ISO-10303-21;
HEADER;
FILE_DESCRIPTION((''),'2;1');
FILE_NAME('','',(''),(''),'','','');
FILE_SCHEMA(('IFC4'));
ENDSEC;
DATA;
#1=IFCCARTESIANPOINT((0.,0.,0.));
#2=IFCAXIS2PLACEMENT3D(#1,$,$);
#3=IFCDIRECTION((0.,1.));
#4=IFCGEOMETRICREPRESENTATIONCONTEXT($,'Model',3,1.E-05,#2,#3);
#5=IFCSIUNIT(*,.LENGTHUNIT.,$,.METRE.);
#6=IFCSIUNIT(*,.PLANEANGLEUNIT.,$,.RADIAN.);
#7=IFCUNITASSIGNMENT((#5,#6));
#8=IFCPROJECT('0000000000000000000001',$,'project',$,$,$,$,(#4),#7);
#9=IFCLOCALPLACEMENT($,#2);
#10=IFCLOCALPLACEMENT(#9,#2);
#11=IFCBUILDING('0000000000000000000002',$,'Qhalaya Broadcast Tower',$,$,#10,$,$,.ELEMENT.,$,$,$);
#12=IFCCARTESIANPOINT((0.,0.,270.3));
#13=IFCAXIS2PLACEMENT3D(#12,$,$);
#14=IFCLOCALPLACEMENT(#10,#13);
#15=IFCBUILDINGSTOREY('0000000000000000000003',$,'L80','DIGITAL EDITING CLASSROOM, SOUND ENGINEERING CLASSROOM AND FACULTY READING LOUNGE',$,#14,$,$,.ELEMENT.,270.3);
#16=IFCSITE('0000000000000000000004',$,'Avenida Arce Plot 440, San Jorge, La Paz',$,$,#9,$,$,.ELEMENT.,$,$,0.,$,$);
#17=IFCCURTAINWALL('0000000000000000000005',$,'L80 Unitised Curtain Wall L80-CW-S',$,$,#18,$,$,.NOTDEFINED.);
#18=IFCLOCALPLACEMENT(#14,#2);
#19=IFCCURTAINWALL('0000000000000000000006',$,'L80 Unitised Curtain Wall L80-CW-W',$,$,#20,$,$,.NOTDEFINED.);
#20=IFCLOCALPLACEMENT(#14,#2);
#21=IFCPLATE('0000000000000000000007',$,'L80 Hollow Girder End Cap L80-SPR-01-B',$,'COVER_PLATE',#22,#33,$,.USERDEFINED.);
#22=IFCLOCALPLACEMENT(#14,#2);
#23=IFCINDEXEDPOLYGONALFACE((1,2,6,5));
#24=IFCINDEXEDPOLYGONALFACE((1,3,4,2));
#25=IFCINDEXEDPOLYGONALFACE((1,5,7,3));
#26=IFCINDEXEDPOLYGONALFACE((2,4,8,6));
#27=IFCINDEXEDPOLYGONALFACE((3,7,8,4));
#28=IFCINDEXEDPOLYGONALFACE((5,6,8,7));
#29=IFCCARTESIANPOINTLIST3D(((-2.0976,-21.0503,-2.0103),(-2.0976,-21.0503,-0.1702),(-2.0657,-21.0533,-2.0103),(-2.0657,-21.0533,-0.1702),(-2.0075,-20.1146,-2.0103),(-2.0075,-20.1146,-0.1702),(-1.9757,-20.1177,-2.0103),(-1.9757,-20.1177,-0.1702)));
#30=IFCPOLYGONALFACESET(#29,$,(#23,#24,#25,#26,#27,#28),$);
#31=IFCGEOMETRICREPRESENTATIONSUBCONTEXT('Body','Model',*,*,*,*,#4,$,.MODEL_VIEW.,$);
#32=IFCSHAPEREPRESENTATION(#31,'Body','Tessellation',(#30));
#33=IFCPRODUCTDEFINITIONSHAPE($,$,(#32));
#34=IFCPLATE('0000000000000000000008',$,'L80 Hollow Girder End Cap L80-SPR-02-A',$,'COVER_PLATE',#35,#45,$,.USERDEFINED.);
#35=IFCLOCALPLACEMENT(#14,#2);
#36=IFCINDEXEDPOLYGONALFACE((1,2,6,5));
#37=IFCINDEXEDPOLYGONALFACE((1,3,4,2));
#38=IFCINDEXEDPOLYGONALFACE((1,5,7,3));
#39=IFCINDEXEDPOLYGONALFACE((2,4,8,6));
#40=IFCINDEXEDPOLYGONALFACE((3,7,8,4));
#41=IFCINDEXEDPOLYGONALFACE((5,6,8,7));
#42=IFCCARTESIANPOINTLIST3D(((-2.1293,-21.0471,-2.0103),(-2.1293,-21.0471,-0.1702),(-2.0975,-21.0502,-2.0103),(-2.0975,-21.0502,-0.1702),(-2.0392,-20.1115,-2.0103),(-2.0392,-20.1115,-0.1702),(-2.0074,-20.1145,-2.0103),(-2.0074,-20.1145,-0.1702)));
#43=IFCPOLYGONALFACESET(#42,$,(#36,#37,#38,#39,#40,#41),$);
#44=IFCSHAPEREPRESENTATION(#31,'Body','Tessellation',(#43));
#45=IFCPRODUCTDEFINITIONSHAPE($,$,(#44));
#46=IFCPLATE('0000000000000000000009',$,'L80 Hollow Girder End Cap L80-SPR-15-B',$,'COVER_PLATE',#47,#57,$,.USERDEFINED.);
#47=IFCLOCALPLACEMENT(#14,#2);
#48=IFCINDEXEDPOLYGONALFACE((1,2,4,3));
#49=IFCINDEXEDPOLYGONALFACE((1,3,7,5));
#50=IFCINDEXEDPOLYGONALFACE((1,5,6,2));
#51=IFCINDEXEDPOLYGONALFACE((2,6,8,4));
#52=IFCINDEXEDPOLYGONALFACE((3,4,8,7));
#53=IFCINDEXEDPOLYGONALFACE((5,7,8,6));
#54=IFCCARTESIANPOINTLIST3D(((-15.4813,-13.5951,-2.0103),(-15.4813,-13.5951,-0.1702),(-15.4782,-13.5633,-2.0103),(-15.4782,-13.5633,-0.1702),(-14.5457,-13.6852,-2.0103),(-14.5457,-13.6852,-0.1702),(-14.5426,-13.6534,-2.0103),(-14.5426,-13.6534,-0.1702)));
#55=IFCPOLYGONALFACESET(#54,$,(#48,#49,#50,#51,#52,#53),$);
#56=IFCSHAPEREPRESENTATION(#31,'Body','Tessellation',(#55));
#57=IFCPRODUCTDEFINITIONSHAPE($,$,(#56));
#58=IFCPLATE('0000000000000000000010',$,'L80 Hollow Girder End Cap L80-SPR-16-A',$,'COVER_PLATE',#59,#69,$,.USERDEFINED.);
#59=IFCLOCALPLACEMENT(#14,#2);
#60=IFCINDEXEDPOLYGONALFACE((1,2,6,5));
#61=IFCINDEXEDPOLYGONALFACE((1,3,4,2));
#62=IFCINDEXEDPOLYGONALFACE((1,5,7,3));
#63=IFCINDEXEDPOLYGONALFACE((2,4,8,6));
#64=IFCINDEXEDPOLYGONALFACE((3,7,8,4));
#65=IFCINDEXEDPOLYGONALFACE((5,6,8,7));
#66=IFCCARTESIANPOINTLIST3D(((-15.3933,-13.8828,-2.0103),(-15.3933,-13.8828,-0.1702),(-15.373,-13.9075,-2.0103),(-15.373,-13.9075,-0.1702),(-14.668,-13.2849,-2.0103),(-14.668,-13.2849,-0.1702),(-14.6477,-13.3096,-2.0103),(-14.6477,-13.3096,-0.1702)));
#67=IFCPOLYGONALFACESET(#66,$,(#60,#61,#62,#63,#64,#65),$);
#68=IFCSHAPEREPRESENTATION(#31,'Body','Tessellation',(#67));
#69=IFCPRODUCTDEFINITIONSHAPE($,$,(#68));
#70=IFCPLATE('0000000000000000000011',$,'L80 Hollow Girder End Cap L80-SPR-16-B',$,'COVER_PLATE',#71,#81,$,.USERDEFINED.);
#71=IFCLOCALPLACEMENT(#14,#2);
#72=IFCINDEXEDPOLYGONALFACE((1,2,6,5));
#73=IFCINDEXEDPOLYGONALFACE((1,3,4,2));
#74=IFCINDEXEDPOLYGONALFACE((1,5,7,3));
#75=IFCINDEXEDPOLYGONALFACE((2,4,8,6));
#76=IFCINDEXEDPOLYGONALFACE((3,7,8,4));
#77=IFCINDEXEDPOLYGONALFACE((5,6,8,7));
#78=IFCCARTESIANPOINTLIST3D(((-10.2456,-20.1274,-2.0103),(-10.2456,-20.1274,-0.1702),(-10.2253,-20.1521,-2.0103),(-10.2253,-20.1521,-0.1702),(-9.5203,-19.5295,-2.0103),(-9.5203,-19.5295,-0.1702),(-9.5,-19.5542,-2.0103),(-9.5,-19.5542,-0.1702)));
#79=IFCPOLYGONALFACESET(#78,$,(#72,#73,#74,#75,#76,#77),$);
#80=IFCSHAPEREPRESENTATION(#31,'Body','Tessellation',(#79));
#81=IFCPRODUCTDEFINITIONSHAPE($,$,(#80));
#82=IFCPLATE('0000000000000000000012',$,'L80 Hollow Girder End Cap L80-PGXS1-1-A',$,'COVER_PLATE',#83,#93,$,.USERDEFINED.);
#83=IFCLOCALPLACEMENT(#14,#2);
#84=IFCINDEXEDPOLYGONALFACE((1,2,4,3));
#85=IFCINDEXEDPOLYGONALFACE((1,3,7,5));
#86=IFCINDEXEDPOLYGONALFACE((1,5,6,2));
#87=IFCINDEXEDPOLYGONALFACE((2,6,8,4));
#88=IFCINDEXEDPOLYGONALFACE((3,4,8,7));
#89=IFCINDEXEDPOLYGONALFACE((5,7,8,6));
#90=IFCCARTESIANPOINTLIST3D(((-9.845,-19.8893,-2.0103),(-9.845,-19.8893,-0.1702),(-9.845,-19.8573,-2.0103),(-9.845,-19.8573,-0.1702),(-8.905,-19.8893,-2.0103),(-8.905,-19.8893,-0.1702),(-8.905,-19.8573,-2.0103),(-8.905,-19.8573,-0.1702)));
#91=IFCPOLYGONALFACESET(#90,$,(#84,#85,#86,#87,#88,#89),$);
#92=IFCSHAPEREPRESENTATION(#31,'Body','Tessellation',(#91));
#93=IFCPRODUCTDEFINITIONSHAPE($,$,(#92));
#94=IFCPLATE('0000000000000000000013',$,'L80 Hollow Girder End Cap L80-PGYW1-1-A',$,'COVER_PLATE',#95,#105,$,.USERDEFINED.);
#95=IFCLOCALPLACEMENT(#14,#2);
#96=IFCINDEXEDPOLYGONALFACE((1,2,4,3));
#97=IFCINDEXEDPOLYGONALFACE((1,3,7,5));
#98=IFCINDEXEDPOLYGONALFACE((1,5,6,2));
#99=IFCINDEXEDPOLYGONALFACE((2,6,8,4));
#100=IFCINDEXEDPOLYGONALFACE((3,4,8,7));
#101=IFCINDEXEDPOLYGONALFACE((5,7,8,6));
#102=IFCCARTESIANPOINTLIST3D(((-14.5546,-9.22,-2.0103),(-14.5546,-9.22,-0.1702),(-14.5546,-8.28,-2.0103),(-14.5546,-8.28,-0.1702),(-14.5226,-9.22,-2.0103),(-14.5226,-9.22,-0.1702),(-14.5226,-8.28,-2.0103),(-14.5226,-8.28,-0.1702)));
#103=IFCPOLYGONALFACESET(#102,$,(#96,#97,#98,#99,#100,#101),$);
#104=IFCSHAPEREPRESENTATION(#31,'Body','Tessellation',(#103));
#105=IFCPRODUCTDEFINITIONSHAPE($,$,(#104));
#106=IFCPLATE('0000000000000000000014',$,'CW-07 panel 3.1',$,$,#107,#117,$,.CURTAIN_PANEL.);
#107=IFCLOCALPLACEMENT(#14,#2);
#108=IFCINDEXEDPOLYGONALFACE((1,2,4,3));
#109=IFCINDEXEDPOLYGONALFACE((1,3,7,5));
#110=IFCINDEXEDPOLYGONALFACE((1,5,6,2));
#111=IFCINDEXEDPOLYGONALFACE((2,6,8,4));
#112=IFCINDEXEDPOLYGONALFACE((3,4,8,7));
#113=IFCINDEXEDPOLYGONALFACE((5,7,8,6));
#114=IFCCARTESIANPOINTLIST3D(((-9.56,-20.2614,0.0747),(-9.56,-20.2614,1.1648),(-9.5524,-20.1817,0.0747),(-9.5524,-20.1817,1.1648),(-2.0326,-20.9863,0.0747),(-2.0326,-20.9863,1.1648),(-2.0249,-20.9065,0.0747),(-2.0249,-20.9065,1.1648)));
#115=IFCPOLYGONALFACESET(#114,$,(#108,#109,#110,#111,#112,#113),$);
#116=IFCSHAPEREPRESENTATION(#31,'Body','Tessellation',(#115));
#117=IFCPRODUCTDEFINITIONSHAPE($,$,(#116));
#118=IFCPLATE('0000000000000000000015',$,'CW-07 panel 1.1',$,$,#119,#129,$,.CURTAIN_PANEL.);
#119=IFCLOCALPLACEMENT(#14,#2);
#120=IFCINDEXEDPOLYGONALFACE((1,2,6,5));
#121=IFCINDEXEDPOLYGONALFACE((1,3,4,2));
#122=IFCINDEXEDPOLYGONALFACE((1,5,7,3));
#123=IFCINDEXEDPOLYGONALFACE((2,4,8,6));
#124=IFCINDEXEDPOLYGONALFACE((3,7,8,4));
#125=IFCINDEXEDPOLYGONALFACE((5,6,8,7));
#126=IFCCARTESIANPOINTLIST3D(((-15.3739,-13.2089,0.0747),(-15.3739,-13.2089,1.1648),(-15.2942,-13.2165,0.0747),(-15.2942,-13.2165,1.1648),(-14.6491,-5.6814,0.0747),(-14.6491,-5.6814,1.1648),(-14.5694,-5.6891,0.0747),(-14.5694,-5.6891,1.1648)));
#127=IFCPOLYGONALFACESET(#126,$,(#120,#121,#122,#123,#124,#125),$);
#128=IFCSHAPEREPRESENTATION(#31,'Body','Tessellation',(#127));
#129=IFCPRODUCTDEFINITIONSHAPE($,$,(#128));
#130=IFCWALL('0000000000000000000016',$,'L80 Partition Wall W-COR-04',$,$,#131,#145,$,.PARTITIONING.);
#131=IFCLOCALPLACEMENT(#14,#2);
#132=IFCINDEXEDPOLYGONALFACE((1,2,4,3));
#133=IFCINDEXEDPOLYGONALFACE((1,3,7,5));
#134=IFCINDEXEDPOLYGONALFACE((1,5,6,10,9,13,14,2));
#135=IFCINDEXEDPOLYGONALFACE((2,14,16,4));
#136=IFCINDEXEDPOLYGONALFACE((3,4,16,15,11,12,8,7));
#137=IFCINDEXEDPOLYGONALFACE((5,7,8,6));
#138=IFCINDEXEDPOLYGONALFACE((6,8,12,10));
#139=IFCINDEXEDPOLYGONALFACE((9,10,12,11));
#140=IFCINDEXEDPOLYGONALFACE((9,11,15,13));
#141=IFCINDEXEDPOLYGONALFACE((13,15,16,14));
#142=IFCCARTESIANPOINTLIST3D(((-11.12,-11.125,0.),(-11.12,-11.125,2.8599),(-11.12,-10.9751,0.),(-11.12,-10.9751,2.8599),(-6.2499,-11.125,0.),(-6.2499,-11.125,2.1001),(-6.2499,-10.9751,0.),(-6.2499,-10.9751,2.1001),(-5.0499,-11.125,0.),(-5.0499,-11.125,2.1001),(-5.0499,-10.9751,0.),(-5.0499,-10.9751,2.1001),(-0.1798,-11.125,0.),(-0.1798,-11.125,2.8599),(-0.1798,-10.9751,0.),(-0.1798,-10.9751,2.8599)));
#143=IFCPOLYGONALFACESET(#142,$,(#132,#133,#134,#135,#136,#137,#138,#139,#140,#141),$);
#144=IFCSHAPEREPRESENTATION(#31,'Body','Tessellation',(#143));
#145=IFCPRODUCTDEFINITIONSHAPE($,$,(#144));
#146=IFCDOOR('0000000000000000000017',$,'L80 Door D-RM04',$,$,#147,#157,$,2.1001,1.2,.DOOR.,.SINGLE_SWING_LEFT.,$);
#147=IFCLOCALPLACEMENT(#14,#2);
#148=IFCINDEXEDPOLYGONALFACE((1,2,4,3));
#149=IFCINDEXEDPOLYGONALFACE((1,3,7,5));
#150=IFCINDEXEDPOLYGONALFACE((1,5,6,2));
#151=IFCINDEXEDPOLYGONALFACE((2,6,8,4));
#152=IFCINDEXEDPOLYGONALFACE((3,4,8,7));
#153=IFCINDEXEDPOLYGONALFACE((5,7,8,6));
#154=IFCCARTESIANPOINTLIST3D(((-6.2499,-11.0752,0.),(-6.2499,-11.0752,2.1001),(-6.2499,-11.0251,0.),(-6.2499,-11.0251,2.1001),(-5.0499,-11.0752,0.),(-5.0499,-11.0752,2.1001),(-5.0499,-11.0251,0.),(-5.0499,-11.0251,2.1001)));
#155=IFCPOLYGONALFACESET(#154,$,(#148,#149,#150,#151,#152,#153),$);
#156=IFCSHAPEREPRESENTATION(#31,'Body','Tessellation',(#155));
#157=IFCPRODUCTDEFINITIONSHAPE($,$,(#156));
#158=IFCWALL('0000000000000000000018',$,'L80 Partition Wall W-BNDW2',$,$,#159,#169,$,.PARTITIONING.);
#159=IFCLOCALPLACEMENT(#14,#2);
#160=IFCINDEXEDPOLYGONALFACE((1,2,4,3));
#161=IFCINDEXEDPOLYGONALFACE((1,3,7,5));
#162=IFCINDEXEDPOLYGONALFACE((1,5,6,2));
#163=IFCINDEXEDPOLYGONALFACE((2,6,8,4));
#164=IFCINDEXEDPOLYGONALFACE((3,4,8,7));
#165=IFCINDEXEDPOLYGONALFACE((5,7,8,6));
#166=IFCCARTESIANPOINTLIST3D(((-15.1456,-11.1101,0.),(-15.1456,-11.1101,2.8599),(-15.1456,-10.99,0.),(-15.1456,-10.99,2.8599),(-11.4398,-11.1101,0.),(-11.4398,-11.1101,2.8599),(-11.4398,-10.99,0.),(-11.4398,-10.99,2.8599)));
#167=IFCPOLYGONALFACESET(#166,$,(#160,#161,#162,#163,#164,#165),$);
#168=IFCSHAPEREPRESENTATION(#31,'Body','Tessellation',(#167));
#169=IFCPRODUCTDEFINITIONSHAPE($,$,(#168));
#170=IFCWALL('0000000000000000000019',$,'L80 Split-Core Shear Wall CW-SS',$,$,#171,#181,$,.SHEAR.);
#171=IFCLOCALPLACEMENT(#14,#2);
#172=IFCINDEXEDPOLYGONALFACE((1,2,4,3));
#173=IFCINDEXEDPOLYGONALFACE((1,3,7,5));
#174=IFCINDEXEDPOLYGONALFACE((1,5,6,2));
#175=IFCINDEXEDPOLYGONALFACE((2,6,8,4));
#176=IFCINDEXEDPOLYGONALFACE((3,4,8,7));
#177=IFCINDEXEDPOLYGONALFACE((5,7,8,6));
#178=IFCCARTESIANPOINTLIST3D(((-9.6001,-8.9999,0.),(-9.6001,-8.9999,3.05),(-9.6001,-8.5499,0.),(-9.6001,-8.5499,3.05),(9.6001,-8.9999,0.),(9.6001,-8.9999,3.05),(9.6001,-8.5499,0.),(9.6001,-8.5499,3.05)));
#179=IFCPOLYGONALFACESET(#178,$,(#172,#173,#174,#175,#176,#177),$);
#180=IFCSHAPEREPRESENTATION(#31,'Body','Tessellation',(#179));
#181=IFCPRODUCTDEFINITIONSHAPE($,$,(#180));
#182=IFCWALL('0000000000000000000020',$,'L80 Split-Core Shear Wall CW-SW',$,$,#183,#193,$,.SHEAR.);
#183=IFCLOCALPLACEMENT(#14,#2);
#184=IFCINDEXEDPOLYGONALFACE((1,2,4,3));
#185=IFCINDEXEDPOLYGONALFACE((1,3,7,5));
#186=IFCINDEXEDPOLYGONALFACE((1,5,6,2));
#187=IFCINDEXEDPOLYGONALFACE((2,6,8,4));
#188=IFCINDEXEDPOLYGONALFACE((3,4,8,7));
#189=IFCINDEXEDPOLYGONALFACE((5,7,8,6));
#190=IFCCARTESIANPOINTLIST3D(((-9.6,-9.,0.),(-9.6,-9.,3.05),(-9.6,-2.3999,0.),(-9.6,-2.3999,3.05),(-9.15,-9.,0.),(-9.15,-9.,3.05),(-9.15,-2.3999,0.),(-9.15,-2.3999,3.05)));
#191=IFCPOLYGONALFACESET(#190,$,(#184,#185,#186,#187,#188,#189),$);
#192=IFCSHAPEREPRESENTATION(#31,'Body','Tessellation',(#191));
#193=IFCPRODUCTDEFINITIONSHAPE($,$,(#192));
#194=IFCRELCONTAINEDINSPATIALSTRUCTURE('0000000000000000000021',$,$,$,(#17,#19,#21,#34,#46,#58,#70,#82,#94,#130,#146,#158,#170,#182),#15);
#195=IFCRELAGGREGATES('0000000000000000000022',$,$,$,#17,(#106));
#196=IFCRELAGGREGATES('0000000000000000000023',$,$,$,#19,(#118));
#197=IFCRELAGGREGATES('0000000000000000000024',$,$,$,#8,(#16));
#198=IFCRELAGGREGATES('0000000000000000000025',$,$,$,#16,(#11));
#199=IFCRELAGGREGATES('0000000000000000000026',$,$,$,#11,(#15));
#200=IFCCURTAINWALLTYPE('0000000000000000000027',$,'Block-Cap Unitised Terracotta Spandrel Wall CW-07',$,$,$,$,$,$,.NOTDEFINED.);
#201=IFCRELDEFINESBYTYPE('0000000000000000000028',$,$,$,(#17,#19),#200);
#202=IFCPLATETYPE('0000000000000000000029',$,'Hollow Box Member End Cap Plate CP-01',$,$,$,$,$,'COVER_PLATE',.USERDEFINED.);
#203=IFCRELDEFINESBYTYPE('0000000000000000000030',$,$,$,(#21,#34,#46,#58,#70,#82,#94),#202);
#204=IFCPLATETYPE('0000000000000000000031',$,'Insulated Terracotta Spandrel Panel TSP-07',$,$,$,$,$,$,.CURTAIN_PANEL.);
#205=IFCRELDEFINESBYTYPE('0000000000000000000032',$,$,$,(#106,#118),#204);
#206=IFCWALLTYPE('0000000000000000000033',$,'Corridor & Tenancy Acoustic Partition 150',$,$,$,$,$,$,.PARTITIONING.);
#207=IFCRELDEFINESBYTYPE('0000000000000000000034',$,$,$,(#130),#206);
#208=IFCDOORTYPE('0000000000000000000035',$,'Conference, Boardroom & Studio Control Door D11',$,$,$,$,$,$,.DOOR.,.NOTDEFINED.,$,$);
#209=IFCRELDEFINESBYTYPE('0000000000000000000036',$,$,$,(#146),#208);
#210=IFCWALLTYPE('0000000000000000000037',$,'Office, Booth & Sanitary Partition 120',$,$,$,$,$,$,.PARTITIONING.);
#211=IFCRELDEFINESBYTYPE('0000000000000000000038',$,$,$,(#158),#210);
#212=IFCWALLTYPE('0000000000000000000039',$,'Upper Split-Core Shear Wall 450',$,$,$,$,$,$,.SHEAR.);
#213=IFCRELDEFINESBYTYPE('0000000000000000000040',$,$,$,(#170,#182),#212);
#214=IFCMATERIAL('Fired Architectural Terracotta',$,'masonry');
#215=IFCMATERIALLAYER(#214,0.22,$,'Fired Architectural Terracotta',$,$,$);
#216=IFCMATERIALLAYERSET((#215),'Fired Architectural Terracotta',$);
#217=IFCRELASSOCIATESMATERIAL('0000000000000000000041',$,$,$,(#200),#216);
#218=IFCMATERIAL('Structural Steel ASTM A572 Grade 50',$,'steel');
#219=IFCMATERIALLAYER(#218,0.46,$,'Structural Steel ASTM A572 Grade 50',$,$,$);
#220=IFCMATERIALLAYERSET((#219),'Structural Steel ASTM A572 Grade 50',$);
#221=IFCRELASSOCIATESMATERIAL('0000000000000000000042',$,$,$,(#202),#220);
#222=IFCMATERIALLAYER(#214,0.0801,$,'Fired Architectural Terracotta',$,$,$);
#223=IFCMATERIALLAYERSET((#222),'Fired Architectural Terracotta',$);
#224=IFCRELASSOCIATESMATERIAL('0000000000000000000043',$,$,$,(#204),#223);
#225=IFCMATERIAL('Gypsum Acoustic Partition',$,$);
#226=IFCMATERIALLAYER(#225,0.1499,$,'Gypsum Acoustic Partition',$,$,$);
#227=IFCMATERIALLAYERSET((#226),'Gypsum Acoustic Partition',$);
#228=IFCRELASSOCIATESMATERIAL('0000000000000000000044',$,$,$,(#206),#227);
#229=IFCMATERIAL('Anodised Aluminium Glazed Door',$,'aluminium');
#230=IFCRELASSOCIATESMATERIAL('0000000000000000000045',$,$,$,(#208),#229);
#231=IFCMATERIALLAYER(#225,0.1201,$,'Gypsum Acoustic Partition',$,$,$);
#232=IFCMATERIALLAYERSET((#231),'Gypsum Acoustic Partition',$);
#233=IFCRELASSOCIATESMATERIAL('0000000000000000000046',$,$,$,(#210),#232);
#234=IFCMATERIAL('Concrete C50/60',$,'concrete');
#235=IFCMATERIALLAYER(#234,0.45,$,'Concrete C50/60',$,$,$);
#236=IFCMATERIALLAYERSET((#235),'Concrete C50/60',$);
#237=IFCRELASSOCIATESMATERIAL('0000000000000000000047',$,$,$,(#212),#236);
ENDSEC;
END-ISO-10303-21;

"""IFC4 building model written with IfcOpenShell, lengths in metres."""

from ifc_helpers import new_model, si_unit, direction, frame, frame_2d, origin, origin_2d, place, context, subcontext, project, spatial, rectangle, extrude, material, layer, layer_set, type_object, element, fill, aggregate, save


model = new_model("IFC4")

# Units and contexts
model_context = context("Model", 3, precision=1e-05, world=origin(), true_north=direction((0.0, 1.0)))
body_context = subcontext(model_context, "Body", "Model", "MODEL_VIEW")
ifc_project = project(units=[si_unit("LENGTHUNIT", "METRE"), si_unit("PLANEANGLEUNIT", "RADIAN")], contexts=[model_context])

# Site, building, storey
site_placement = place(None, origin())
site = spatial("IfcSite", under=ifc_project, at=site_placement, Name="Avenida Arce Plot 440, San Jorge, La Paz", CompositionType="ELEMENT", RefElevation=0.0)
building_placement = place(site_placement, origin())
building = spatial("IfcBuilding", under=site, at=building_placement, Name="Qhalaya Broadcast Tower", CompositionType="ELEMENT")
storey_placement = place(building_placement, frame((0.0, 0.0, 270.3)))
storey = spatial("IfcBuildingStorey", under=building, at=storey_placement, Name="L80", Description="DIGITAL EDITING CLASSROOM, SOUND ENGINEERING CLASSROOM AND FACULTY READING LOUNGE", CompositionType="ELEMENT", Elevation=270.3)

# Shared definitions
ifc_material_1 = material(Name="Structural Steel ASTM A572 Grade 50", Category="steel")

# Curtain wall
ifc_material_2 = material(Name="Fired Architectural Terracotta", Category="masonry")
ifc_layer_1 = layer(ifc_material_2, 0.22, Name="Fired Architectural Terracotta")
ifc_layer_set_1 = layer_set([ifc_layer_1], Name="Fired Architectural Terracotta")
curtain_wall_type = type_object("IfcCurtainWallType", Name="Block-Cap Unitised Terracotta Spandrel Wall CW-07", PredefinedType="NOTDEFINED", material=ifc_layer_set_1)
curtain_wall_1_placement = place(storey_placement, origin())
curtain_wall_1 = element("IfcCurtainWall", 1, at=curtain_wall_1_placement, inside=storey, type_object=curtain_wall_type, Name="L80 Unitised Curtain Wall L80-CW-S", PredefinedType="NOTDEFINED")

# Curtain wall
curtain_wall_2_placement = place(storey_placement, origin())
curtain_wall_2 = element("IfcCurtainWall", 2, at=curtain_wall_2_placement, inside=storey, type_object=curtain_wall_type, Name="L80 Unitised Curtain Wall L80-CW-W", PredefinedType="NOTDEFINED")

# Plates
ifc_layer_2 = layer(ifc_material_1, 0.46, Name="Structural Steel ASTM A572 Grade 50")
ifc_layer_set_2 = layer_set([ifc_layer_2], Name="Structural Steel ASTM A572 Grade 50")
plate_type_1 = type_object("IfcPlateType", Name="Hollow Box Member End Cap Plate CP-01", ElementType="COVER_PLATE", PredefinedType="USERDEFINED", material=ifc_layer_set_2)
for number, where, z_axis, x_axis, name in (
    (3, (-2.0366, -20.584, -2.0103), (0.0, 0.0, 1.0), (0.095828, 0.995398, 0.0), "L80 Hollow Girder End Cap L80-SPR-01-B"),
    (4, (-2.0684, -20.5808, -2.0103), (0.0, 0.0, 1.0), (0.095846, 0.995396, 0.0), "L80 Hollow Girder End Cap L80-SPR-02-A"),
    (5, (-15.012, -13.6243, -2.0103), (0.0, 0.0, 1.0), (0.995396, -0.095846, 0.0), "L80 Hollow Girder End Cap L80-SPR-15-B"),
    (6, (-15.0205, -13.5962, -2.0103), (0.0, 0.0, 1.0), (0.771625, 0.636078, 0.0), "L80 Hollow Girder End Cap L80-SPR-16-A"),
    (7, (-9.8728, -19.8408, -2.0103), (0.0, 0.0, 1.0), (0.771625, 0.636078, 0.0), "L80 Hollow Girder End Cap L80-SPR-16-B"),
    (8, (-9.375, -19.8733, -2.0103), (0.0, 0.0, 1.0), (-1.0, 0.0, 0.0), "L80 Hollow Girder End Cap L80-PGXS1-1-A"),
    (9, (-14.5386, -8.75, -2.0103), (0.0, 0.0, 1.0), (0.0, 1.0, 0.0), "L80 Hollow Girder End Cap L80-PGYW1-1-A"),
):
    element("IfcPlate", number, at=place(storey_placement, frame(where, z_axis=z_axis, x_axis=x_axis)), inside=storey, type_object=plate_type_1, Name=name, ObjectType="COVER_PLATE", PredefinedType="USERDEFINED", context=body_context, shape_type="SweptSolid", body=[
        extrude(rectangle(XDim=0.9399, YDim=0.032, at=origin_2d()), origin(), (0.0, 0.0, 1.0), 1.8401),
    ])

# Plates
ifc_layer_3 = layer(ifc_material_2, 0.0801, Name="Fired Architectural Terracotta")
ifc_layer_set_3 = layer_set([ifc_layer_3], Name="Fired Architectural Terracotta")
plate_type_2 = type_object("IfcPlateType", Name="Insulated Terracotta Spandrel Panel TSP-07", PredefinedType="CURTAIN_PANEL", material=ifc_layer_set_3)
plate_1_placement = place(storey_placement, frame((-5.7925, -20.584, 0.0747), z_axis=(0.0, 0.0, 1.0), x_axis=(-0.995396, 0.095848, 0.0)))
plate_1 = element("IfcPlate", 10, at=plate_1_placement, type_object=plate_type_2, Name="CW-07 panel 3.1", PredefinedType="CURTAIN_PANEL", context=body_context, shape_type="SweptSolid", body=[
    extrude(rectangle(XDim=7.5623, YDim=0.0801, at=origin_2d()), origin(), (0.0, 0.0, 1.0), 1.0901),
])
aggregate(curtain_wall_1, [plate_1])
plate_2_placement = place(storey_placement, frame((-14.9717, -9.449, 0.0747), z_axis=(0.0, 0.0, 1.0), x_axis=(0.095848, 0.995396, 0.0)))
plate_2 = element("IfcPlate", 11, at=plate_2_placement, type_object=plate_type_2, Name="CW-07 panel 1.1", PredefinedType="CURTAIN_PANEL", context=body_context, shape_type="SweptSolid", body=[
    extrude(rectangle(XDim=7.5623, YDim=0.0801, at=origin_2d()), origin(), (0.0, 0.0, 1.0), 1.0901),
])
aggregate(curtain_wall_2, [plate_2])

# Wall, opening, door
ifc_material_3 = material(Name="Gypsum Acoustic Partition")
ifc_layer_4 = layer(ifc_material_3, 0.1499, Name="Gypsum Acoustic Partition")
ifc_layer_set_4 = layer_set([ifc_layer_4], Name="Gypsum Acoustic Partition")
wall_type_1 = type_object("IfcWallType", Name="Corridor & Tenancy Acoustic Partition 150", PredefinedType="PARTITIONING", material=ifc_layer_set_4)
wall_1_placement = place(storey_placement, frame((-11.1201, -11.05, 0.0), z_axis=(0.0, 0.0, 1.0), x_axis=(1.0, 0.0, 0.0)))
wall_1 = element("IfcWall", 12, at=wall_1_placement, inside=storey, type_object=wall_type_1, Name="L80 Partition Wall W-COR-04", PredefinedType="PARTITIONING", context=body_context, shape_type="SweptSolid", body=[
    extrude(rectangle(XDim=10.9402, YDim=0.1499, at=frame_2d((5.4702, 0.0))), origin(), (0.0, 0.0, 1.0), 2.8599),
])
opening_placement = place(wall_1_placement, frame((4.8701, 0.0, 0.0)))
opening = element("IfcOpeningElement", 13, at=opening_placement, cuts=wall_1, PredefinedType="OPENING", context=body_context, shape_type="SweptSolid", body=[
    extrude(rectangle(XDim=1.2, YDim=2.1001, at=frame_2d((0.6001, 1.05))), frame((0.0, 0.0869, 0.0), z_axis=(0.0, -1.0, 0.0), x_axis=(1.0, 0.0, 0.0)), (0.0, 0.0, 1.0), 0.1738),
])
ifc_material_4 = material(Name="Anodised Aluminium Glazed Door", Category="aluminium")
door_type = type_object("IfcDoorType", Name="Conference, Boardroom & Studio Control Door D11", OperationType="NOTDEFINED", PredefinedType="DOOR", material=ifc_material_4)
door_placement = place(opening_placement, origin())
door = element("IfcDoor", 14, at=door_placement, inside=storey, type_object=door_type, Name="L80 Door D-RM04", OperationType="SINGLE_SWING_LEFT", OverallHeight=2.1001, OverallWidth=1.2, PredefinedType="DOOR", context=body_context, shape_type="SweptSolid", body=[
    extrude(rectangle(XDim=1.2, YDim=2.1001, at=frame_2d((0.6001, 1.05))), frame((0.0, 0.0249, 0.0), z_axis=(0.0, -1.0, 0.0), x_axis=(1.0, 0.0, 0.0)), (0.0, 0.0, 1.0), 0.05),
])
fill(opening, door)

# Walls
ifc_layer_5 = layer(ifc_material_3, 0.1201, Name="Gypsum Acoustic Partition")
ifc_layer_set_5 = layer_set([ifc_layer_5], Name="Gypsum Acoustic Partition")
wall_type_2 = type_object("IfcWallType", Name="Office, Booth & Sanitary Partition 120", PredefinedType="PARTITIONING", material=ifc_layer_set_5)
wall_2_placement = place(storey_placement, frame((-15.1458, -11.05, 0.0), z_axis=(0.0, 0.0, 1.0), x_axis=(1.0, 0.0, 0.0)))
element("IfcWall", 15, at=wall_2_placement, inside=storey, type_object=wall_type_2, Name="L80 Partition Wall W-BNDW2", PredefinedType="PARTITIONING", context=body_context, shape_type="SweptSolid", body=[
    extrude(rectangle(XDim=3.7058, YDim=0.1201, at=frame_2d((1.853, 0.0))), origin(), (0.0, 0.0, 1.0), 2.8599),
])
ifc_material_5 = material(Name="Concrete C50/60", Category="concrete")
ifc_layer_6 = layer(ifc_material_5, 0.45, Name="Concrete C50/60")
ifc_layer_set_6 = layer_set([ifc_layer_6], Name="Concrete C50/60")
wall_type_3 = type_object("IfcWallType", Name="Upper Split-Core Shear Wall 450", PredefinedType="SHEAR", material=ifc_layer_set_6)
wall_3_placement = place(storey_placement, frame((-9.6001, -8.7749, 0.0), z_axis=(0.0, 0.0, 1.0), x_axis=(1.0, 0.0, 0.0)))
element("IfcWall", 16, at=wall_3_placement, inside=storey, type_object=wall_type_3, Name="L80 Split-Core Shear Wall CW-SS", PredefinedType="SHEAR", context=body_context, shape_type="SweptSolid", body=[
    extrude(rectangle(XDim=19.2002, YDim=0.45, at=frame_2d((9.6001, 0.0))), origin(), (0.0, 0.0, 1.0), 3.05),
])
wall_4_placement = place(storey_placement, frame((-9.375, -9.0, 0.0), z_axis=(0.0, 0.0, 1.0), x_axis=(0.0, 1.0, 0.0)))
element("IfcWall", 17, at=wall_4_placement, inside=storey, type_object=wall_type_3, Name="L80 Split-Core Shear Wall CW-SW", PredefinedType="SHEAR", context=body_context, shape_type="SweptSolid", body=[
    extrude(rectangle(XDim=6.6001, YDim=0.45, at=frame_2d((3.3, 0.0))), origin(), (0.0, 0.0, 1.0), 3.05),
])

save(model, "model.ifc")
